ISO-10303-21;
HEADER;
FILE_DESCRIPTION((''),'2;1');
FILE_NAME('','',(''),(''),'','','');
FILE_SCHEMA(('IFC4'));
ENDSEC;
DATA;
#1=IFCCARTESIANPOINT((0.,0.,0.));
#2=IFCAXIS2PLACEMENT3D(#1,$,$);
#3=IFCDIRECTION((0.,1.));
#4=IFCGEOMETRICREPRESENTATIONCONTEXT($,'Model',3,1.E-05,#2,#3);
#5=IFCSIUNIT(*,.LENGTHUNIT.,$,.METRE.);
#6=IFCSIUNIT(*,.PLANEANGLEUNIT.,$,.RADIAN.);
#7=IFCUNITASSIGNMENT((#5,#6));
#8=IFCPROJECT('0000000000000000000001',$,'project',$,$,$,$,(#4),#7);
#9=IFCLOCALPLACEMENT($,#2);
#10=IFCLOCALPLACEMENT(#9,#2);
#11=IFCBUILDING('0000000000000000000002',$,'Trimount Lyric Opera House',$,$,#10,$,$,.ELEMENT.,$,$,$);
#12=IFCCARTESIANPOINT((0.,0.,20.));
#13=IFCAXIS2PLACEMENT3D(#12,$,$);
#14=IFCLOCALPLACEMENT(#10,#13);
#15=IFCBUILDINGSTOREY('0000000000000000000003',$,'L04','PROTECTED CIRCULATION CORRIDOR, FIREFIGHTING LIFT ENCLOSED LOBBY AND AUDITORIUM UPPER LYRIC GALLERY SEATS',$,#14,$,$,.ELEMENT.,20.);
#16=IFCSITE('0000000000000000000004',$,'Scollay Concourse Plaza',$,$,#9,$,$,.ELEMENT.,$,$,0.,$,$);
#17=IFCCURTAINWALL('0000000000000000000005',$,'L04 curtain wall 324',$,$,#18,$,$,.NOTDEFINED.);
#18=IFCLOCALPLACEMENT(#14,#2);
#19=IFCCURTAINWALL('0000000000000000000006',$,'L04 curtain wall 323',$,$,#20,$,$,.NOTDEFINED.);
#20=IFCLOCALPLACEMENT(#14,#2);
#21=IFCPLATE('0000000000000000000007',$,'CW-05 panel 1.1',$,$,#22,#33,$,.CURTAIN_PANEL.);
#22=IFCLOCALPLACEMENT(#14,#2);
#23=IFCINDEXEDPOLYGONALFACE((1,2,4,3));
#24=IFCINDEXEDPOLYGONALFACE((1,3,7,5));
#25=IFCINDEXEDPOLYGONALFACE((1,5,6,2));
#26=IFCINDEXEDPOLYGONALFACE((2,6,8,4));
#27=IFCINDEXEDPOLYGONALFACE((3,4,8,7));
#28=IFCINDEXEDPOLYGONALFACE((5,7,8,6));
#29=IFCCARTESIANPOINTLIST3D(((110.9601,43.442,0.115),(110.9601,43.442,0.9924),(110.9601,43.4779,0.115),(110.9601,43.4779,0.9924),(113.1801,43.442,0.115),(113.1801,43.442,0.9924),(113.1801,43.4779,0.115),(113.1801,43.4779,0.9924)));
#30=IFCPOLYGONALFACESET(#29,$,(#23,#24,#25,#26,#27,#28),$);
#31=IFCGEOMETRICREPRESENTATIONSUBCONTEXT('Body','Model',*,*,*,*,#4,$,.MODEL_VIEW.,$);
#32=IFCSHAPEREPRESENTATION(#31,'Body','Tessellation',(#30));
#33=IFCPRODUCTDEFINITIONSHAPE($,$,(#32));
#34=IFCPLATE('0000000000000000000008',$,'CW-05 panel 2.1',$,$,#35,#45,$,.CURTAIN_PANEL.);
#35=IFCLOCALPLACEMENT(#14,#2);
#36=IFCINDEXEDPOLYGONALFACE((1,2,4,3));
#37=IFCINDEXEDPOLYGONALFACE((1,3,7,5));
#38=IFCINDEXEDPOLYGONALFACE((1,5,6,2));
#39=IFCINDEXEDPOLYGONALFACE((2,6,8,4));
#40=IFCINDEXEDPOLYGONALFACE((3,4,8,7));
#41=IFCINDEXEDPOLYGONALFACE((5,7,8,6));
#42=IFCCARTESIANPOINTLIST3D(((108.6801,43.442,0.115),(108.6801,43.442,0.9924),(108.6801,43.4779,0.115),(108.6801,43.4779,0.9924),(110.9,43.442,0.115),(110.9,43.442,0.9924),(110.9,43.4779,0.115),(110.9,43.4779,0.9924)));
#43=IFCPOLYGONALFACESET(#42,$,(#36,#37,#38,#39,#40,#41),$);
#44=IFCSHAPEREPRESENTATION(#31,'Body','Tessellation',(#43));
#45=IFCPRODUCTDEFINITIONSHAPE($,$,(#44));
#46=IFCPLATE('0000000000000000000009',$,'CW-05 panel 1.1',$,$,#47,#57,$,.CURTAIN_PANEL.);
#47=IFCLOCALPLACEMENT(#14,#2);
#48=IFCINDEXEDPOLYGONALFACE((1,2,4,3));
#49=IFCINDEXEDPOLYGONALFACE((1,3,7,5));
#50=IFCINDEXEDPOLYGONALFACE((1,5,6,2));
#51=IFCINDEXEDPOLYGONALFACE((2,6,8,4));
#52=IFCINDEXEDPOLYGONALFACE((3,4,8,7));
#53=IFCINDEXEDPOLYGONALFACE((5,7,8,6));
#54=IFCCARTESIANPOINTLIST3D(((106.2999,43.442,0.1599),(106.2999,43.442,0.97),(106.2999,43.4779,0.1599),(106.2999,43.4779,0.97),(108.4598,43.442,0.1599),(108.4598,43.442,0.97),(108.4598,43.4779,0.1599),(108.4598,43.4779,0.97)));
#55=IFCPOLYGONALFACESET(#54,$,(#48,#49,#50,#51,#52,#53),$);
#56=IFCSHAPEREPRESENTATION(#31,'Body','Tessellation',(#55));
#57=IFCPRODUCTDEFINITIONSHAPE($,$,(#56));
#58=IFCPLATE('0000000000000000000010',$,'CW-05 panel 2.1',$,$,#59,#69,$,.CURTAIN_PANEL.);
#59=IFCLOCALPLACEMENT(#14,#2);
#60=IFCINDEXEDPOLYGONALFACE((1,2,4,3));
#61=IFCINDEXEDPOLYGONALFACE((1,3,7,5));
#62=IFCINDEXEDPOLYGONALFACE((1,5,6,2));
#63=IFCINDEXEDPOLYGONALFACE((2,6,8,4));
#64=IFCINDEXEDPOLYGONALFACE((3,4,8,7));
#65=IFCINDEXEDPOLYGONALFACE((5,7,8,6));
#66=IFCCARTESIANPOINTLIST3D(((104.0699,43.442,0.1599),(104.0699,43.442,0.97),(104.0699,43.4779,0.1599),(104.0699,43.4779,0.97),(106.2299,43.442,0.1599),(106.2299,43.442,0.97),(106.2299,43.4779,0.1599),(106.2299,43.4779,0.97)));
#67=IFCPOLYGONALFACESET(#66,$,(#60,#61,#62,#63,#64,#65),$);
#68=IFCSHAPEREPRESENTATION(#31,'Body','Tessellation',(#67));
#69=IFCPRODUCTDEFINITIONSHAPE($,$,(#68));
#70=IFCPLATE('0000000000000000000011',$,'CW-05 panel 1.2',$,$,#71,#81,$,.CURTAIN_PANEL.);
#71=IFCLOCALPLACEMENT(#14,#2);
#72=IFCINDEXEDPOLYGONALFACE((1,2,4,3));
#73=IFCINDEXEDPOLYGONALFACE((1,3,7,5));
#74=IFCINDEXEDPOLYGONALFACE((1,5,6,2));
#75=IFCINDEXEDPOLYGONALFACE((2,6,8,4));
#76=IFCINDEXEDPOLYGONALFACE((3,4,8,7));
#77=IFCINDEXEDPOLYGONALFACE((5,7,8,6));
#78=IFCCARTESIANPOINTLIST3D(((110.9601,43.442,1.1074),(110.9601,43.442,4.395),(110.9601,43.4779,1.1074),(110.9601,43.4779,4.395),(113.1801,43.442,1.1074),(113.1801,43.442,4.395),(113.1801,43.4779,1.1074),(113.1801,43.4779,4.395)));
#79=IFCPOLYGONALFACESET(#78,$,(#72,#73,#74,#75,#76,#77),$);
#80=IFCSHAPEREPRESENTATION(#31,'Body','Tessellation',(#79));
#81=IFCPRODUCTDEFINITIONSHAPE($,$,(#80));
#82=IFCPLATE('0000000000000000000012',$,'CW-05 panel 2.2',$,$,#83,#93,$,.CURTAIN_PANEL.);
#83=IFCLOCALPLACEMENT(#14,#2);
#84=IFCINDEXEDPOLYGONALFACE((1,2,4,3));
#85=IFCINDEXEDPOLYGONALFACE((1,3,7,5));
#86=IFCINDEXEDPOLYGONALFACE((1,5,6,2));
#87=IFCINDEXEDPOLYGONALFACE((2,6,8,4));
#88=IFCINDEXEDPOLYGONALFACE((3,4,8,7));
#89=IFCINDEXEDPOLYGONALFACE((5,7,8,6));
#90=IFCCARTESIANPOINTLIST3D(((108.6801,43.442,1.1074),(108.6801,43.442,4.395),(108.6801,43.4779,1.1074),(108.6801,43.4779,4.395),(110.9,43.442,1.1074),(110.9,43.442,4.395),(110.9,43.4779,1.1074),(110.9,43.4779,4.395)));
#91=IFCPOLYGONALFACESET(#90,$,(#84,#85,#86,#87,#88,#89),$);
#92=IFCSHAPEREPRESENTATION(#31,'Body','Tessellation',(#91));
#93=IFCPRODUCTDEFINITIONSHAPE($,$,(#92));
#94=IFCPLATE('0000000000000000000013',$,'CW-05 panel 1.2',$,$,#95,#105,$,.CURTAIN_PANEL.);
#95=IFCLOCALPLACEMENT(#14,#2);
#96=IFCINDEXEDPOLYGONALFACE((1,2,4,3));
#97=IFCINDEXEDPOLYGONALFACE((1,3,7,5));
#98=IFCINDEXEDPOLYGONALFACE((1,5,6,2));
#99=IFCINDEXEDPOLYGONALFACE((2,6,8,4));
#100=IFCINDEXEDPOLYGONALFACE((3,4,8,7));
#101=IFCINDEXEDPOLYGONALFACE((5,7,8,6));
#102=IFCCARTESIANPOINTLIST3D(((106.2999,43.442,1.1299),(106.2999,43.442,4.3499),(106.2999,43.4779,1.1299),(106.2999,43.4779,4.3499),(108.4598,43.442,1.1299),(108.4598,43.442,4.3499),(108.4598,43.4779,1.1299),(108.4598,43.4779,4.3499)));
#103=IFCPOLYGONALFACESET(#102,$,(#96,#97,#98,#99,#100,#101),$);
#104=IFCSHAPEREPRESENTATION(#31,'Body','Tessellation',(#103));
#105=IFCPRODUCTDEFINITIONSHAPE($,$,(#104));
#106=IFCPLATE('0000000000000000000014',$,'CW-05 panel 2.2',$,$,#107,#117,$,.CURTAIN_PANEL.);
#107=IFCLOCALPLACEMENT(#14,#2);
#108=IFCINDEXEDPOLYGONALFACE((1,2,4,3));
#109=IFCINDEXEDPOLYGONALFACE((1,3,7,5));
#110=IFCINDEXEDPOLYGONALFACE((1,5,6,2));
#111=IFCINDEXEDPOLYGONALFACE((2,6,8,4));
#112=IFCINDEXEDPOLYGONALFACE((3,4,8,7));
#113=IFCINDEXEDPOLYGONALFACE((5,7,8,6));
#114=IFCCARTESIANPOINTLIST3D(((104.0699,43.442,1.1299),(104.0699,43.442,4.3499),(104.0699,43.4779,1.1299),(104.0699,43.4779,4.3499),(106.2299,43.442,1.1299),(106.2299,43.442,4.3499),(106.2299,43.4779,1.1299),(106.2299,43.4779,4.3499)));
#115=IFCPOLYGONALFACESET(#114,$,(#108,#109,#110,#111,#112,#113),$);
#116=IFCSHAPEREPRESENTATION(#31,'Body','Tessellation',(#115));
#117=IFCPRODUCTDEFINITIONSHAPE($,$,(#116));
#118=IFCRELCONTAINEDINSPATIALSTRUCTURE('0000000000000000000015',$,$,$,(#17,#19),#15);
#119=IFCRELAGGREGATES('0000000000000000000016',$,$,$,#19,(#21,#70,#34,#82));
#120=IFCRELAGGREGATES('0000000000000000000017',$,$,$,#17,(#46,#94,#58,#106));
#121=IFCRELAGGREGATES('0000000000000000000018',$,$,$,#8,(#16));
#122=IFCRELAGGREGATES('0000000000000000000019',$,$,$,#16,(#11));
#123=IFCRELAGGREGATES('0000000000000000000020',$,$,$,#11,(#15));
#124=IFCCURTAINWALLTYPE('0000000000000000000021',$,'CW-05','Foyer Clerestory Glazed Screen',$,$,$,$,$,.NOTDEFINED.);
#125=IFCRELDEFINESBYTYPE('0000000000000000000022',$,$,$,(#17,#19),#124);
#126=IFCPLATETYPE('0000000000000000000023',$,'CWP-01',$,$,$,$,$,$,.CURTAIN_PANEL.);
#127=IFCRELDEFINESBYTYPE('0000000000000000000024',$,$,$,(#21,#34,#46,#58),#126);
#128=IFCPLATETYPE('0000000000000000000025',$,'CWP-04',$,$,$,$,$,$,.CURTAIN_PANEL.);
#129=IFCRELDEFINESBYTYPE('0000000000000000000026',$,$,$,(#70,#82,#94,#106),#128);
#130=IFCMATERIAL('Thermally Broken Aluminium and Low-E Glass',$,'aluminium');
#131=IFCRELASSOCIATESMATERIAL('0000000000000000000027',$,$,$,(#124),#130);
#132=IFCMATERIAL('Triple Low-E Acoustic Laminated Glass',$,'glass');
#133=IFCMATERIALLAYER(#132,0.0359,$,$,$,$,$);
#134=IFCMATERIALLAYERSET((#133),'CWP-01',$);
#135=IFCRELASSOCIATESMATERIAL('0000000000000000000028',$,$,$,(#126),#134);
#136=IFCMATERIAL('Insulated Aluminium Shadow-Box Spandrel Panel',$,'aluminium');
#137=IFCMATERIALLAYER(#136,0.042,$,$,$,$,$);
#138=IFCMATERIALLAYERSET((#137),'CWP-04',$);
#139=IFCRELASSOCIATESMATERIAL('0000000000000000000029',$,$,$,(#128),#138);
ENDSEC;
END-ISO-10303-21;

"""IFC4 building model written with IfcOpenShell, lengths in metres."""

from ifc_helpers import new_model, si_unit, direction, frame, origin, origin_2d, place, context, subcontext, project, spatial, rectangle, extrude, material, layer, layer_set, type_object, element, aggregate, save


model = new_model("IFC4")

# Units and contexts
model_context = context("Model", 3, precision=1e-05, world=origin(), true_north=direction((0.0, 1.0)))
body_context = subcontext(model_context, "Body", "Model", "MODEL_VIEW")
ifc_project = project(units=[si_unit("LENGTHUNIT", "METRE"), si_unit("PLANEANGLEUNIT", "RADIAN")], contexts=[model_context])

# Site, building, storey
site_placement = place(None, origin())
site = spatial("IfcSite", under=ifc_project, at=site_placement, Name="Scollay Concourse Plaza", CompositionType="ELEMENT", RefElevation=0.0)
building_placement = place(site_placement, origin())
building = spatial("IfcBuilding", under=site, at=building_placement, Name="Trimount Lyric Opera House", CompositionType="ELEMENT")
storey_placement = place(building_placement, frame((0.0, 0.0, 20.0)))
storey = spatial("IfcBuildingStorey", under=building, at=storey_placement, Name="L04", Description="PROTECTED CIRCULATION CORRIDOR, FIREFIGHTING LIFT ENCLOSED LOBBY AND AUDITORIUM UPPER LYRIC GALLERY SEATS", CompositionType="ELEMENT", Elevation=20.0)

# Curtain wall
ifc_material_1 = material(Name="Thermally Broken Aluminium and Low-E Glass", Category="aluminium")
curtain_wall_type = type_object("IfcCurtainWallType", Name="CW-05", Description="Foyer Clerestory Glazed Screen", PredefinedType="NOTDEFINED", material=ifc_material_1)
curtain_wall_1_placement = place(storey_placement, origin())
curtain_wall_1 = element("IfcCurtainWall", 1, at=curtain_wall_1_placement, inside=storey, type_object=curtain_wall_type, Name="L04 curtain wall 324", PredefinedType="NOTDEFINED")

# Curtain wall
curtain_wall_2_placement = place(storey_placement, origin())
curtain_wall_2 = element("IfcCurtainWall", 2, at=curtain_wall_2_placement, inside=storey, type_object=curtain_wall_type, Name="L04 curtain wall 323", PredefinedType="NOTDEFINED")

# Plates
ifc_material_2 = material(Name="Triple Low-E Acoustic Laminated Glass", Category="glass")
ifc_layer_1 = layer(ifc_material_2, 0.0359)
ifc_layer_set_1 = layer_set([ifc_layer_1], Name="CWP-01")
plate_type_1 = type_object("IfcPlateType", Name="CWP-01", PredefinedType="CURTAIN_PANEL", material=ifc_layer_set_1)
plate_1_placement = place(storey_placement, frame((112.0701, 43.46, 0.115), z_axis=(0.0, 0.0, 1.0), x_axis=(-1.0, 0.0, 0.0)))
plate_1 = element("IfcPlate", 3, at=plate_1_placement, type_object=plate_type_1, Name="CW-05 panel 1.1", PredefinedType="CURTAIN_PANEL", context=body_context, shape_type="SweptSolid", body=[
    extrude(rectangle(XDim=2.22, YDim=0.0359, at=origin_2d()), origin(), (0.0, 0.0, 1.0), 0.8774),
])
plate_2_placement = place(storey_placement, frame((109.79, 43.46, 0.115), z_axis=(0.0, 0.0, 1.0), x_axis=(-1.0, 0.0, 0.0)))
plate_2 = element("IfcPlate", 4, at=plate_2_placement, type_object=plate_type_1, Name="CW-05 panel 2.1", PredefinedType="CURTAIN_PANEL", context=body_context, shape_type="SweptSolid", body=[
    extrude(rectangle(XDim=2.22, YDim=0.0359, at=origin_2d()), origin(), (0.0, 0.0, 1.0), 0.8774),
])
plate_3_placement = place(storey_placement, frame((107.3799, 43.46, 0.1599), z_axis=(0.0, 0.0, 1.0), x_axis=(-1.0, 0.0, 0.0)))
plate_3 = element("IfcPlate", 5, at=plate_3_placement, type_object=plate_type_1, Name="CW-05 panel 1.1", PredefinedType="CURTAIN_PANEL", context=body_context, shape_type="SweptSolid", body=[
    extrude(rectangle(XDim=2.1599, YDim=0.0359, at=origin_2d()), origin(), (0.0, 0.0, 1.0), 0.8101),
])
plate_4_placement = place(storey_placement, frame((105.1499, 43.46, 0.1599), z_axis=(0.0, 0.0, 1.0), x_axis=(-1.0, 0.0, 0.0)))
plate_4 = element("IfcPlate", 6, at=plate_4_placement, type_object=plate_type_1, Name="CW-05 panel 2.1", PredefinedType="CURTAIN_PANEL", context=body_context, shape_type="SweptSolid", body=[
    extrude(rectangle(XDim=2.1599, YDim=0.0359, at=origin_2d()), origin(), (0.0, 0.0, 1.0), 0.8101),
])
ifc_material_3 = material(Name="Insulated Aluminium Shadow-Box Spandrel Panel", Category="aluminium")
ifc_layer_2 = layer(ifc_material_3, 0.042)
ifc_layer_set_2 = layer_set([ifc_layer_2], Name="CWP-04")
plate_type_2 = type_object("IfcPlateType", Name="CWP-04", PredefinedType="CURTAIN_PANEL", material=ifc_layer_set_2)
plate_5_placement = place(storey_placement, frame((112.0701, 43.46, 1.1074), z_axis=(0.0, 0.0, 1.0), x_axis=(-1.0, 0.0, 0.0)))
plate_5 = element("IfcPlate", 7, at=plate_5_placement, type_object=plate_type_2, Name="CW-05 panel 1.2", PredefinedType="CURTAIN_PANEL", context=body_context, shape_type="SweptSolid", body=[
    extrude(rectangle(XDim=2.22, YDim=0.0359, at=origin_2d()), origin(), (0.0, 0.0, 1.0), 3.2876),
])
plate_6_placement = place(storey_placement, frame((109.79, 43.46, 1.1074), z_axis=(0.0, 0.0, 1.0), x_axis=(-1.0, 0.0, 0.0)))
plate_6 = element("IfcPlate", 8, at=plate_6_placement, type_object=plate_type_2, Name="CW-05 panel 2.2", PredefinedType="CURTAIN_PANEL", context=body_context, shape_type="SweptSolid", body=[
    extrude(rectangle(XDim=2.22, YDim=0.0359, at=origin_2d()), origin(), (0.0, 0.0, 1.0), 3.2876),
])
aggregate(curtain_wall_2, [plate_1, plate_5, plate_2, plate_6])
plate_7_placement = place(storey_placement, frame((107.3799, 43.46, 1.1299), z_axis=(0.0, 0.0, 1.0), x_axis=(-1.0, 0.0, 0.0)))
plate_7 = element("IfcPlate", 9, at=plate_7_placement, type_object=plate_type_2, Name="CW-05 panel 1.2", PredefinedType="CURTAIN_PANEL", context=body_context, shape_type="SweptSolid", body=[
    extrude(rectangle(XDim=2.1599, YDim=0.0359, at=origin_2d()), origin(), (0.0, 0.0, 1.0), 3.22),
])
plate_8_placement = place(storey_placement, frame((105.1499, 43.46, 1.1299), z_axis=(0.0, 0.0, 1.0), x_axis=(-1.0, 0.0, 0.0)))
plate_8 = element("IfcPlate", 10, at=plate_8_placement, type_object=plate_type_2, Name="CW-05 panel 2.2", PredefinedType="CURTAIN_PANEL", context=body_context, shape_type="SweptSolid", body=[
    extrude(rectangle(XDim=2.1599, YDim=0.0359, at=origin_2d()), origin(), (0.0, 0.0, 1.0), 3.22),
])
aggregate(curtain_wall_1, [plate_3, plate_7, plate_4, plate_8])

save(model, "model.ifc")
